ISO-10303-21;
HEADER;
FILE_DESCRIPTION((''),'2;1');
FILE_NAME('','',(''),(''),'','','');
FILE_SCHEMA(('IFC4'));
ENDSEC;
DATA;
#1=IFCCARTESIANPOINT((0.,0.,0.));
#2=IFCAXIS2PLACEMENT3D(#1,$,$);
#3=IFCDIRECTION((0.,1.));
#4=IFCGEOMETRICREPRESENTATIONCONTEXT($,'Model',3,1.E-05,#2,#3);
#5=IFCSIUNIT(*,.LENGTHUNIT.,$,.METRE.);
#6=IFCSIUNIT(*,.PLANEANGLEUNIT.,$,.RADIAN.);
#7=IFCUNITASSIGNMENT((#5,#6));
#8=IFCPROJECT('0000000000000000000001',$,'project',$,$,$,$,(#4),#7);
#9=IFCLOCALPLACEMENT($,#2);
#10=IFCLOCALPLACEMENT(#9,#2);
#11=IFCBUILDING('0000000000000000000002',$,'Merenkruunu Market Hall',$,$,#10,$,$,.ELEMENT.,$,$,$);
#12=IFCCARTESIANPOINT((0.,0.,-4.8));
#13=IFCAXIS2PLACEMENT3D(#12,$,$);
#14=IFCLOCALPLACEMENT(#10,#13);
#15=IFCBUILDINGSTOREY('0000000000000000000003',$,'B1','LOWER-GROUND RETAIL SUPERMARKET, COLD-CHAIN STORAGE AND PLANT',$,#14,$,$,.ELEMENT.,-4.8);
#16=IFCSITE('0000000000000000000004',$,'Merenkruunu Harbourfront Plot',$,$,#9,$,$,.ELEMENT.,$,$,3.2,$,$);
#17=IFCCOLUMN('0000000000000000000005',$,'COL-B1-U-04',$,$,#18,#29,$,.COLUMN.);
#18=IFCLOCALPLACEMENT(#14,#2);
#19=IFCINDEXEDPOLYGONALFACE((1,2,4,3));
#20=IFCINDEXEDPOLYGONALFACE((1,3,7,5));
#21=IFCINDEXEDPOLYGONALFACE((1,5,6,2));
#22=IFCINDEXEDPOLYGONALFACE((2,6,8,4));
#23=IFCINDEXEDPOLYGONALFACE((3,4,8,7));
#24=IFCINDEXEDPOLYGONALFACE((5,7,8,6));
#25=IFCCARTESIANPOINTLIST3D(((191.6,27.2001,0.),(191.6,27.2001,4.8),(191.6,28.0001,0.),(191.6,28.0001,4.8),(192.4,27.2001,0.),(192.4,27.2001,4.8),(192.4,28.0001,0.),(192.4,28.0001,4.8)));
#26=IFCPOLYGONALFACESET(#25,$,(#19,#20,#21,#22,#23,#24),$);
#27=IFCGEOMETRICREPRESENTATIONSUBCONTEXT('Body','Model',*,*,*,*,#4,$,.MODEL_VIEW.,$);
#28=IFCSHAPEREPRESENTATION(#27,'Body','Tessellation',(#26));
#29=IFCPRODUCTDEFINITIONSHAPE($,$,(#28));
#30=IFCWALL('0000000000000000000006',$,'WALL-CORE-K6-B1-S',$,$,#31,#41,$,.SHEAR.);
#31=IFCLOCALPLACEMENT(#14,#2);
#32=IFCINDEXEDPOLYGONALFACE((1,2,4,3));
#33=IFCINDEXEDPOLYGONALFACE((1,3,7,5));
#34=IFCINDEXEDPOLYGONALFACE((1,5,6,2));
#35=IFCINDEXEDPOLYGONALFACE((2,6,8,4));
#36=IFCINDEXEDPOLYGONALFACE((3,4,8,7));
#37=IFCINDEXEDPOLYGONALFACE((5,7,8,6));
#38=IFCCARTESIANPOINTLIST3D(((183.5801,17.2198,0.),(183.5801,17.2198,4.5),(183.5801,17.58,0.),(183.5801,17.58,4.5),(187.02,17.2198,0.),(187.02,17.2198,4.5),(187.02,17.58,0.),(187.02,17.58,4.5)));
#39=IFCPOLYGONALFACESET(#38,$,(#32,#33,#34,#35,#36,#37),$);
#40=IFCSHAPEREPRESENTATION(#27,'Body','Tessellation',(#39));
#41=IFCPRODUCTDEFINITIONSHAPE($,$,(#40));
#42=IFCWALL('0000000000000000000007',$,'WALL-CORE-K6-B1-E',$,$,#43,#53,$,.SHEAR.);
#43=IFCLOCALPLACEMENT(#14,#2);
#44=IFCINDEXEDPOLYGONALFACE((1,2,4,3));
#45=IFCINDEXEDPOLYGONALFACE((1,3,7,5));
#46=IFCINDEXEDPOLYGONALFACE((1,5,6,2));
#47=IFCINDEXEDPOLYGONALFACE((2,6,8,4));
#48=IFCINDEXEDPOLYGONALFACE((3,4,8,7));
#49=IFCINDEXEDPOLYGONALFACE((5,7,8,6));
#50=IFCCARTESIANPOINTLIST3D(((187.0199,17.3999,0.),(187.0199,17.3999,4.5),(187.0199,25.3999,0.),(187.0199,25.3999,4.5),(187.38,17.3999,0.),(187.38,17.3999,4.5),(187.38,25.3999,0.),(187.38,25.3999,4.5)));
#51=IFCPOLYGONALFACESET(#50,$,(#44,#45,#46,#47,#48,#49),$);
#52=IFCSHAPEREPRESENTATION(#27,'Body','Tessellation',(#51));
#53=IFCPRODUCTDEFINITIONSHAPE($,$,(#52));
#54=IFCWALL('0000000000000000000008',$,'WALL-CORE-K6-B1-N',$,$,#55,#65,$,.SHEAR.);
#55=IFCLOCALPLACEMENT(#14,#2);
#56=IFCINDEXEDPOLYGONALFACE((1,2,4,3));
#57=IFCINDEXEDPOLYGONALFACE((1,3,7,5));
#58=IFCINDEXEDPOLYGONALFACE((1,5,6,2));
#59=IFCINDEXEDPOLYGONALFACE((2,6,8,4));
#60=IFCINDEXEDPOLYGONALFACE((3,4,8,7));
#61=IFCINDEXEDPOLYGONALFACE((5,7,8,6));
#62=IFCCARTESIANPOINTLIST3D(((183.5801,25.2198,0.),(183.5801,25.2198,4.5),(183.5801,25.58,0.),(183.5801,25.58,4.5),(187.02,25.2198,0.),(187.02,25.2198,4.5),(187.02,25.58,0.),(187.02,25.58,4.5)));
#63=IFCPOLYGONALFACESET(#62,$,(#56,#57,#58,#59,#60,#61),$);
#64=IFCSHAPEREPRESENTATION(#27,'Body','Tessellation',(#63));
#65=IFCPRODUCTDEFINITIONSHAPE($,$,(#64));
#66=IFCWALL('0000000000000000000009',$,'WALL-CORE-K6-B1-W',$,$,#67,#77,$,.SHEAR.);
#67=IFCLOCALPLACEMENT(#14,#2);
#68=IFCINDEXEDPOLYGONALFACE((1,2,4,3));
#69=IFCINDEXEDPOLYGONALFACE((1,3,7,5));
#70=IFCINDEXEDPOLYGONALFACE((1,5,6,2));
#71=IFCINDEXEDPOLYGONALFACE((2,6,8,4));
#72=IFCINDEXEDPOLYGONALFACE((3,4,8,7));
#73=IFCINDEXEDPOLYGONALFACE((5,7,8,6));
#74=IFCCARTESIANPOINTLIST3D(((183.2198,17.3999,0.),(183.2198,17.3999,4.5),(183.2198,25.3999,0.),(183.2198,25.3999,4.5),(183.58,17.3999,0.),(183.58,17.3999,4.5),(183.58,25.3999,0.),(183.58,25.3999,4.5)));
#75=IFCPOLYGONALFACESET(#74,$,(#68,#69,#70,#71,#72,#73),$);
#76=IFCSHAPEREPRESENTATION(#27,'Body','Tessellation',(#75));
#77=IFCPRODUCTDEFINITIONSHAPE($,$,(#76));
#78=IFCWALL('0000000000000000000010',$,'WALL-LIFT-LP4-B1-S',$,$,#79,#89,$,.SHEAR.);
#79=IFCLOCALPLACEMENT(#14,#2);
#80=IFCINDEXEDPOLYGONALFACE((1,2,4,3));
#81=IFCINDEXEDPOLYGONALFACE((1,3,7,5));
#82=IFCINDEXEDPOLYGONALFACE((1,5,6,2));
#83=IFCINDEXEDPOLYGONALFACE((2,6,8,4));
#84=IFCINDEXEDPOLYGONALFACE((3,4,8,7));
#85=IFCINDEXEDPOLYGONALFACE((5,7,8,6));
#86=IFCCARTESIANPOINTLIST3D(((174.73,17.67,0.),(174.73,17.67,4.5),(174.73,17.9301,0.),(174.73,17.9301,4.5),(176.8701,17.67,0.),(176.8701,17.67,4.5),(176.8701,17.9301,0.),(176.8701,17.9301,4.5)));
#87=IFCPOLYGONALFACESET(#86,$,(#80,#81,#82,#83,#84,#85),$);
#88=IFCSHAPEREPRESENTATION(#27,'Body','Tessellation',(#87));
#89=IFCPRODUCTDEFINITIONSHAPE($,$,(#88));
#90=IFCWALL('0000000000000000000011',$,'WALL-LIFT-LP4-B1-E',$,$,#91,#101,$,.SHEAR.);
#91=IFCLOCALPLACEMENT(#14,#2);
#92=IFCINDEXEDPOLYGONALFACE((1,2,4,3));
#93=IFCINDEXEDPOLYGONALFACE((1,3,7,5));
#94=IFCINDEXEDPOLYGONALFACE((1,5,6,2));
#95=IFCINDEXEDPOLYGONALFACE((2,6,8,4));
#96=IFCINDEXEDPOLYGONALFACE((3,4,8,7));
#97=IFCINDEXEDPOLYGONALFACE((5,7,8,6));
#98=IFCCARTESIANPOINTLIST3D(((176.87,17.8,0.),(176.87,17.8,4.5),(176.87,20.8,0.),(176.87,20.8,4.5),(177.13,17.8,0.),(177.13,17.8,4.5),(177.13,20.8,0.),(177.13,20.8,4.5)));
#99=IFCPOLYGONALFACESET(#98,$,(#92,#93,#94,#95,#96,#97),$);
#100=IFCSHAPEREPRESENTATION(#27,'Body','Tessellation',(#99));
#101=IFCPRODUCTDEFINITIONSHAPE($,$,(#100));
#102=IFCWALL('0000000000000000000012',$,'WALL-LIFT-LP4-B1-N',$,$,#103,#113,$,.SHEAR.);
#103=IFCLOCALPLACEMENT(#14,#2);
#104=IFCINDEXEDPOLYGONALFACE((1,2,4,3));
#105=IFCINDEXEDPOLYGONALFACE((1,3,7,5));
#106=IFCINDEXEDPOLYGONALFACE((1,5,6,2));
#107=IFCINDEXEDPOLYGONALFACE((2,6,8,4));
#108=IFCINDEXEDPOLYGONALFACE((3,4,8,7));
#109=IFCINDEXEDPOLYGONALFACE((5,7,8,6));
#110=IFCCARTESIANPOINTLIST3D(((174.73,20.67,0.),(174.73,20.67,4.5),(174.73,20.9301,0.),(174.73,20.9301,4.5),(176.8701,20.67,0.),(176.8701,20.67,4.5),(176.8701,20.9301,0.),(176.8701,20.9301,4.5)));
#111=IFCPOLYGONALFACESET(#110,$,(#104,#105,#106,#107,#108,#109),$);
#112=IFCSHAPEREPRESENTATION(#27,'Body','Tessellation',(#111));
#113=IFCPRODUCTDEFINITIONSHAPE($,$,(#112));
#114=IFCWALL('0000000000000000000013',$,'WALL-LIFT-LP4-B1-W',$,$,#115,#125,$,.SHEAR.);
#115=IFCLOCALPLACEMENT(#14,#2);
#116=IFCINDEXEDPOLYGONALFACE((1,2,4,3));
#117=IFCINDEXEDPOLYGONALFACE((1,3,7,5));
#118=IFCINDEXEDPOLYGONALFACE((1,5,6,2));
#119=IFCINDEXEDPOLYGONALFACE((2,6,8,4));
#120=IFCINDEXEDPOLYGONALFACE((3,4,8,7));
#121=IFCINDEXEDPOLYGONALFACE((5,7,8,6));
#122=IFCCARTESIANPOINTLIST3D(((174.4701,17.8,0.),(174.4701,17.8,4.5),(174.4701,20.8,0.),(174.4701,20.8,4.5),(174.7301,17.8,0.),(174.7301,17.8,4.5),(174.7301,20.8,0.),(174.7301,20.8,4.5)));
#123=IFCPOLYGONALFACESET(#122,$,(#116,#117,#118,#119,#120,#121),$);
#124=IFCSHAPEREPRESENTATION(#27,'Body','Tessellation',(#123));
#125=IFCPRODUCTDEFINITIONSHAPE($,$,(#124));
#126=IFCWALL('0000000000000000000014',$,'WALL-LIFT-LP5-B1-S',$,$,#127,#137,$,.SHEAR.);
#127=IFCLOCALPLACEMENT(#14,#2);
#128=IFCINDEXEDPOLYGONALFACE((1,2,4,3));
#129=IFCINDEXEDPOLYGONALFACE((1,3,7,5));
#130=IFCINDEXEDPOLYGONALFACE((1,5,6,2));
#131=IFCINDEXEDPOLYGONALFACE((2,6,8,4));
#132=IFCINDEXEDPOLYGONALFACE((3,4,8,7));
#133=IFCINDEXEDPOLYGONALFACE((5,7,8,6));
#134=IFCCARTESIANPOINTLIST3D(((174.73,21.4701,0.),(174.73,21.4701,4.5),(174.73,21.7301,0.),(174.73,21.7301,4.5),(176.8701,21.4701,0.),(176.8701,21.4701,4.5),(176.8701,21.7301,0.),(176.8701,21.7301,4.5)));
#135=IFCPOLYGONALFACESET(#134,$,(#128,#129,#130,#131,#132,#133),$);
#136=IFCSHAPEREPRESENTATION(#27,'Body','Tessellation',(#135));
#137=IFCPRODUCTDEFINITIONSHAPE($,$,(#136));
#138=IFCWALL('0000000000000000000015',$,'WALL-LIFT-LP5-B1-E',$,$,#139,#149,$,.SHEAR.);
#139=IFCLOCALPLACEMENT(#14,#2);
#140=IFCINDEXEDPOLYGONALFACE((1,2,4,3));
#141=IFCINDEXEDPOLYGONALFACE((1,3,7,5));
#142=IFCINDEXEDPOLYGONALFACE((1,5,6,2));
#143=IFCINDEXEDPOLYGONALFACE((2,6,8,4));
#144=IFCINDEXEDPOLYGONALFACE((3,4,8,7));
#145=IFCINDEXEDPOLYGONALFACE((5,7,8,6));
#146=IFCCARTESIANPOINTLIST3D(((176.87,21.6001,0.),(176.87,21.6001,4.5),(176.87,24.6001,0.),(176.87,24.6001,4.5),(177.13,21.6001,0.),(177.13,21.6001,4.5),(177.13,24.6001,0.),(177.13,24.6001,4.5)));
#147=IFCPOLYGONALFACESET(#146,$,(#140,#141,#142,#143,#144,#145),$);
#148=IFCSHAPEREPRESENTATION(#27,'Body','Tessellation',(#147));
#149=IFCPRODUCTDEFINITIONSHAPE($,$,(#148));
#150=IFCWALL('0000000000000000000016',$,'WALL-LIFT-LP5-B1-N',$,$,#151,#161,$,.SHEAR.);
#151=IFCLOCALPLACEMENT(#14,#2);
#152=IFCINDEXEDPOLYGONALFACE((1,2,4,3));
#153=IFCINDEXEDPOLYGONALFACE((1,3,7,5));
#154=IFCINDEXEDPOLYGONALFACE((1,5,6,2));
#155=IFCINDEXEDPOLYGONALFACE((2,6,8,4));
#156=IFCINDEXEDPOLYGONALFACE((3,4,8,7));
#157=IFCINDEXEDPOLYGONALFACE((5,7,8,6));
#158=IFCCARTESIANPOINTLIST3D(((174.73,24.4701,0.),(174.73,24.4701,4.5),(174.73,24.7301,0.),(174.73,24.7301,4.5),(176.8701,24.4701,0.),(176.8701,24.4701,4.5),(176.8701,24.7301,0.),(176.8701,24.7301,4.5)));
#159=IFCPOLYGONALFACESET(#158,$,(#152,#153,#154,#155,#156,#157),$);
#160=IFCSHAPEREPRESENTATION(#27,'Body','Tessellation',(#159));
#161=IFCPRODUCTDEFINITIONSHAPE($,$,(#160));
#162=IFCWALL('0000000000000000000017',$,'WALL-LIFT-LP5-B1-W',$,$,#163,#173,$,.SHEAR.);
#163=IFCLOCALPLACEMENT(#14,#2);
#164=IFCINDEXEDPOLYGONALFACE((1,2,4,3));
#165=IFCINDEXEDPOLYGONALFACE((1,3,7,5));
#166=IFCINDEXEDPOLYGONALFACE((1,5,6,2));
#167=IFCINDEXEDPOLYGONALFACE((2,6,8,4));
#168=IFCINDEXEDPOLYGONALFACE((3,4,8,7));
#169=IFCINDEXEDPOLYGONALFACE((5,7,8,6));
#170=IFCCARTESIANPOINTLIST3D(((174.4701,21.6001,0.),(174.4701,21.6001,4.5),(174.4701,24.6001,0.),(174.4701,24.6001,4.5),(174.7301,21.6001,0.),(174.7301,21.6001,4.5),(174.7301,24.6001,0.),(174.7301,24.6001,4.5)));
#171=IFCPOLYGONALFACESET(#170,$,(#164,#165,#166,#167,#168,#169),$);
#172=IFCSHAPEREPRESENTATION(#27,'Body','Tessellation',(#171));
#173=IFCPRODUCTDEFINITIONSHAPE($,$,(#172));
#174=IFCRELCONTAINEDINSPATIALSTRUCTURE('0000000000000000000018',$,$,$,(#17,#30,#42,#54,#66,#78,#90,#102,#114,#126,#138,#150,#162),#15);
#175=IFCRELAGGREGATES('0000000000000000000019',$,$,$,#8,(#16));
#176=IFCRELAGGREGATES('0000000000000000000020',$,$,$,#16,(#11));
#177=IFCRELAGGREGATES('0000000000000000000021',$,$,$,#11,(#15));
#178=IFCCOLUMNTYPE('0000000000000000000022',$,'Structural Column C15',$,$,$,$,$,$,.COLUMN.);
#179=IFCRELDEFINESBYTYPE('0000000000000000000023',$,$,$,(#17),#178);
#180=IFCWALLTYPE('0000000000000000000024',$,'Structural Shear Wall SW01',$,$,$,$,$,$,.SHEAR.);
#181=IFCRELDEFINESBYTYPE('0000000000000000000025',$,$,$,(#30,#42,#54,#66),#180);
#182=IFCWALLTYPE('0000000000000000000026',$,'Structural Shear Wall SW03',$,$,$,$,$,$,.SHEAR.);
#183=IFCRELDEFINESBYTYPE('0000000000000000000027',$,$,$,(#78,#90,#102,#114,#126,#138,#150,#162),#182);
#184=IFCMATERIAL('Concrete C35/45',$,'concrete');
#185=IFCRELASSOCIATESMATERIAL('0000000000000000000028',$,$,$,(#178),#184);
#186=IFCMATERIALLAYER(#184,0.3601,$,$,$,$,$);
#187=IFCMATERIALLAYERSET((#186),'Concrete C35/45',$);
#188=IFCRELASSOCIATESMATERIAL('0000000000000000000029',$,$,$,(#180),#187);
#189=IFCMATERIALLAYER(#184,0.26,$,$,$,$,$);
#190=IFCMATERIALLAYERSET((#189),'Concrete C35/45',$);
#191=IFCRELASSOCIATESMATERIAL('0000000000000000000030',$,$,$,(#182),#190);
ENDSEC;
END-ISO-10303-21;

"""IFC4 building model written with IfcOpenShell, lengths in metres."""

from ifc_helpers import new_model, si_unit, direction, frame, frame_2d, origin, origin_2d, place, context, subcontext, project, spatial, rectangle, extrude, material, layer, layer_set, material_profile, profile_set, type_object, element, save


model = new_model("IFC4")

# Units and contexts
model_context = context("Model", 3, precision=1e-05, world=origin(), true_north=direction((0.0, 1.0)))
body_context = subcontext(model_context, "Body", "Model", "MODEL_VIEW")
ifc_project = project(units=[si_unit("LENGTHUNIT", "METRE"), si_unit("PLANEANGLEUNIT", "RADIAN")], contexts=[model_context])

# Site, building, storey
site_placement = place(None, origin())
site = spatial("IfcSite", under=ifc_project, at=site_placement, Name="Merenkruunu Harbourfront Plot", CompositionType="ELEMENT", RefElevation=3.2)
building_placement = place(site_placement, origin())
building = spatial("IfcBuilding", under=site, at=building_placement, Name="Merenkruunu Market Hall", CompositionType="ELEMENT")
storey_placement = place(building_placement, frame((0.0, 0.0, -4.8)))
storey = spatial("IfcBuildingStorey", under=building, at=storey_placement, Name="B1", Description="LOWER-GROUND RETAIL SUPERMARKET, COLD-CHAIN STORAGE AND PLANT", CompositionType="ELEMENT", Elevation=-4.8)

# Shared definitions
ifc_material = material(Name="Concrete C35/45", Category="concrete")

# Column
ifc_material_profile_1 = material_profile(ifc_material, rectangle(XDim=0.8, YDim=0.8, at=origin_2d()), Name="RC 800x800")
ifc_profile_set_1 = profile_set([ifc_material_profile_1], Name="Concrete C35/45")
column_type = type_object("IfcColumnType", Name="Structural Column C15", PredefinedType="COLUMN", material=ifc_profile_set_1)
for number, where, z_axis, x_axis, name in (
    (1, (192.0, 27.6001, 0.0), (0.0, 0.0, 1.0), (1.0, 0.0, 0.0), "COL-B1-U-04"),
):
    element("IfcColumn", number, at=place(storey_placement, frame(where, z_axis=z_axis, x_axis=x_axis)), inside=storey, type_object=column_type, Name=name, PredefinedType="COLUMN", context=body_context, shape_type="SweptSolid", body=[
        extrude(rectangle(XDim=0.8, YDim=0.8, at=origin_2d()), origin(), (0.0, 0.0, 1.0), 4.8),
    ])

# Walls
ifc_layer_1 = layer(ifc_material, 0.3601)
ifc_layer_set_1 = layer_set([ifc_layer_1], Name="Concrete C35/45")
wall_type_1 = type_object("IfcWallType", Name="Structural Shear Wall SW01", PredefinedType="SHEAR", material=ifc_layer_set_1)
wall_1_placement = place(storey_placement, frame((187.02, 17.3999, 0.0), z_axis=(0.0, 0.0, 1.0), x_axis=(-1.0, 0.0, 0.0)))
element("IfcWall", 2, at=wall_1_placement, inside=storey, type_object=wall_type_1, Name="WALL-CORE-K6-B1-S", PredefinedType="SHEAR", context=body_context, shape_type="SweptSolid", body=[
    extrude(rectangle(XDim=3.4399, YDim=0.3601, at=frame_2d((1.72, 0.0))), origin(), (0.0, 0.0, 1.0), 4.5),
])
wall_2_placement = place(storey_placement, frame((187.2, 17.3999, 0.0), z_axis=(0.0, 0.0, 1.0), x_axis=(0.0, 1.0, 0.0)))
element("IfcWall", 3, at=wall_2_placement, inside=storey, type_object=wall_type_1, Name="WALL-CORE-K6-B1-E", PredefinedType="SHEAR", context=body_context, shape_type="SweptSolid", body=[
    extrude(rectangle(XDim=8.0, YDim=0.3601, at=frame_2d((4.0, 0.0))), origin(), (0.0, 0.0, 1.0), 4.5),
])
wall_3_placement = place(storey_placement, frame((187.02, 25.3999, 0.0), z_axis=(0.0, 0.0, 1.0), x_axis=(-1.0, 0.0, 0.0)))
element("IfcWall", 4, at=wall_3_placement, inside=storey, type_object=wall_type_1, Name="WALL-CORE-K6-B1-N", PredefinedType="SHEAR", context=body_context, shape_type="SweptSolid", body=[
    extrude(rectangle(XDim=3.4399, YDim=0.3601, at=frame_2d((1.72, 0.0))), origin(), (0.0, 0.0, 1.0), 4.5),
])
wall_4_placement = place(storey_placement, frame((183.3999, 25.3999, 0.0), z_axis=(0.0, 0.0, 1.0), x_axis=(0.0, -1.0, 0.0)))
element("IfcWall", 5, at=wall_4_placement, inside=storey, type_object=wall_type_1, Name="WALL-CORE-K6-B1-W", PredefinedType="SHEAR", context=body_context, shape_type="SweptSolid", body=[
    extrude(rectangle(XDim=8.0, YDim=0.3601, at=frame_2d((4.0, 0.0))), origin(), (0.0, 0.0, 1.0), 4.5),
])
ifc_layer_2 = layer(ifc_material, 0.26)
ifc_layer_set_2 = layer_set([ifc_layer_2], Name="Concrete C35/45")
wall_type_2 = type_object("IfcWallType", Name="Structural Shear Wall SW03", PredefinedType="SHEAR", material=ifc_layer_set_2)
wall_5_placement = place(storey_placement, frame((174.73, 17.8, 0.0), z_axis=(0.0, 0.0, 1.0), x_axis=(1.0, 0.0, 0.0)))
element("IfcWall", 6, at=wall_5_placement, inside=storey, type_object=wall_type_2, Name="WALL-LIFT-LP4-B1-S", PredefinedType="SHEAR", context=body_context, shape_type="SweptSolid", body=[
    extrude(rectangle(XDim=2.1401, YDim=0.26, at=frame_2d((1.0701, 0.0))), origin(), (0.0, 0.0, 1.0), 4.5),
])
wall_6_placement = place(storey_placement, frame((177.0, 17.8, 0.0), z_axis=(0.0, 0.0, 1.0), x_axis=(0.0, 1.0, 0.0)))
element("IfcWall", 7, at=wall_6_placement, inside=storey, type_object=wall_type_2, Name="WALL-LIFT-LP4-B1-E", PredefinedType="SHEAR", context=body_context, shape_type="SweptSolid", body=[
    extrude(rectangle(XDim=3.0, YDim=0.26, at=frame_2d((1.5, 0.0))), origin(), (0.0, 0.0, 1.0), 4.5),
])
wall_7_placement = place(storey_placement, frame((176.8701, 20.8, 0.0), z_axis=(0.0, 0.0, 1.0), x_axis=(-1.0, 0.0, 0.0)))
element("IfcWall", 8, at=wall_7_placement, inside=storey, type_object=wall_type_2, Name="WALL-LIFT-LP4-B1-N", PredefinedType="SHEAR", context=body_context, shape_type="SweptSolid", body=[
    extrude(rectangle(XDim=2.1401, YDim=0.26, at=frame_2d((1.0701, 0.0))), origin(), (0.0, 0.0, 1.0), 4.5),
])
wall_8_placement = place(storey_placement, frame((174.6001, 20.8, 0.0), z_axis=(0.0, 0.0, 1.0), x_axis=(0.0, -1.0, 0.0)))
element("IfcWall", 9, at=wall_8_placement, inside=storey, type_object=wall_type_2, Name="WALL-LIFT-LP4-B1-W", PredefinedType="SHEAR", context=body_context, shape_type="SweptSolid", body=[
    extrude(rectangle(XDim=3.0, YDim=0.26, at=frame_2d((1.5, 0.0))), origin(), (0.0, 0.0, 1.0), 4.5),
])
wall_9_placement = place(storey_placement, frame((174.73, 21.6001, 0.0), z_axis=(0.0, 0.0, 1.0), x_axis=(1.0, 0.0, 0.0)))
element("IfcWall", 10, at=wall_9_placement, inside=storey, type_object=wall_type_2, Name="WALL-LIFT-LP5-B1-S", PredefinedType="SHEAR", context=body_context, shape_type="SweptSolid", body=[
    extrude(rectangle(XDim=2.1401, YDim=0.26, at=frame_2d((1.0701, 0.0))), origin(), (0.0, 0.0, 1.0), 4.5),
])
wall_10_placement = place(storey_placement, frame((177.0, 21.6001, 0.0), z_axis=(0.0, 0.0, 1.0), x_axis=(0.0, 1.0, 0.0)))
element("IfcWall", 11, at=wall_10_placement, inside=storey, type_object=wall_type_2, Name="WALL-LIFT-LP5-B1-E", PredefinedType="SHEAR", context=body_context, shape_type="SweptSolid", body=[
    extrude(rectangle(XDim=3.0, YDim=0.26, at=frame_2d((1.5, 0.0))), origin(), (0.0, 0.0, 1.0), 4.5),
])
wall_11_placement = place(storey_placement, frame((176.8701, 24.6001, 0.0), z_axis=(0.0, 0.0, 1.0), x_axis=(-1.0, 0.0, 0.0)))
element("IfcWall", 12, at=wall_11_placement, inside=storey, type_object=wall_type_2, Name="WALL-LIFT-LP5-B1-N", PredefinedType="SHEAR", context=body_context, shape_type="SweptSolid", body=[
    extrude(rectangle(XDim=2.1401, YDim=0.26, at=frame_2d((1.0701, 0.0))), origin(), (0.0, 0.0, 1.0), 4.5),
])
wall_12_placement = place(storey_placement, frame((174.6001, 24.6001, 0.0), z_axis=(0.0, 0.0, 1.0), x_axis=(0.0, -1.0, 0.0)))
element("IfcWall", 13, at=wall_12_placement, inside=storey, type_object=wall_type_2, Name="WALL-LIFT-LP5-B1-W", PredefinedType="SHEAR", context=body_context, shape_type="SweptSolid", body=[
    extrude(rectangle(XDim=3.0, YDim=0.26, at=frame_2d((1.5, 0.0))), origin(), (0.0, 0.0, 1.0), 4.5),
])

save(model, "model.ifc")
